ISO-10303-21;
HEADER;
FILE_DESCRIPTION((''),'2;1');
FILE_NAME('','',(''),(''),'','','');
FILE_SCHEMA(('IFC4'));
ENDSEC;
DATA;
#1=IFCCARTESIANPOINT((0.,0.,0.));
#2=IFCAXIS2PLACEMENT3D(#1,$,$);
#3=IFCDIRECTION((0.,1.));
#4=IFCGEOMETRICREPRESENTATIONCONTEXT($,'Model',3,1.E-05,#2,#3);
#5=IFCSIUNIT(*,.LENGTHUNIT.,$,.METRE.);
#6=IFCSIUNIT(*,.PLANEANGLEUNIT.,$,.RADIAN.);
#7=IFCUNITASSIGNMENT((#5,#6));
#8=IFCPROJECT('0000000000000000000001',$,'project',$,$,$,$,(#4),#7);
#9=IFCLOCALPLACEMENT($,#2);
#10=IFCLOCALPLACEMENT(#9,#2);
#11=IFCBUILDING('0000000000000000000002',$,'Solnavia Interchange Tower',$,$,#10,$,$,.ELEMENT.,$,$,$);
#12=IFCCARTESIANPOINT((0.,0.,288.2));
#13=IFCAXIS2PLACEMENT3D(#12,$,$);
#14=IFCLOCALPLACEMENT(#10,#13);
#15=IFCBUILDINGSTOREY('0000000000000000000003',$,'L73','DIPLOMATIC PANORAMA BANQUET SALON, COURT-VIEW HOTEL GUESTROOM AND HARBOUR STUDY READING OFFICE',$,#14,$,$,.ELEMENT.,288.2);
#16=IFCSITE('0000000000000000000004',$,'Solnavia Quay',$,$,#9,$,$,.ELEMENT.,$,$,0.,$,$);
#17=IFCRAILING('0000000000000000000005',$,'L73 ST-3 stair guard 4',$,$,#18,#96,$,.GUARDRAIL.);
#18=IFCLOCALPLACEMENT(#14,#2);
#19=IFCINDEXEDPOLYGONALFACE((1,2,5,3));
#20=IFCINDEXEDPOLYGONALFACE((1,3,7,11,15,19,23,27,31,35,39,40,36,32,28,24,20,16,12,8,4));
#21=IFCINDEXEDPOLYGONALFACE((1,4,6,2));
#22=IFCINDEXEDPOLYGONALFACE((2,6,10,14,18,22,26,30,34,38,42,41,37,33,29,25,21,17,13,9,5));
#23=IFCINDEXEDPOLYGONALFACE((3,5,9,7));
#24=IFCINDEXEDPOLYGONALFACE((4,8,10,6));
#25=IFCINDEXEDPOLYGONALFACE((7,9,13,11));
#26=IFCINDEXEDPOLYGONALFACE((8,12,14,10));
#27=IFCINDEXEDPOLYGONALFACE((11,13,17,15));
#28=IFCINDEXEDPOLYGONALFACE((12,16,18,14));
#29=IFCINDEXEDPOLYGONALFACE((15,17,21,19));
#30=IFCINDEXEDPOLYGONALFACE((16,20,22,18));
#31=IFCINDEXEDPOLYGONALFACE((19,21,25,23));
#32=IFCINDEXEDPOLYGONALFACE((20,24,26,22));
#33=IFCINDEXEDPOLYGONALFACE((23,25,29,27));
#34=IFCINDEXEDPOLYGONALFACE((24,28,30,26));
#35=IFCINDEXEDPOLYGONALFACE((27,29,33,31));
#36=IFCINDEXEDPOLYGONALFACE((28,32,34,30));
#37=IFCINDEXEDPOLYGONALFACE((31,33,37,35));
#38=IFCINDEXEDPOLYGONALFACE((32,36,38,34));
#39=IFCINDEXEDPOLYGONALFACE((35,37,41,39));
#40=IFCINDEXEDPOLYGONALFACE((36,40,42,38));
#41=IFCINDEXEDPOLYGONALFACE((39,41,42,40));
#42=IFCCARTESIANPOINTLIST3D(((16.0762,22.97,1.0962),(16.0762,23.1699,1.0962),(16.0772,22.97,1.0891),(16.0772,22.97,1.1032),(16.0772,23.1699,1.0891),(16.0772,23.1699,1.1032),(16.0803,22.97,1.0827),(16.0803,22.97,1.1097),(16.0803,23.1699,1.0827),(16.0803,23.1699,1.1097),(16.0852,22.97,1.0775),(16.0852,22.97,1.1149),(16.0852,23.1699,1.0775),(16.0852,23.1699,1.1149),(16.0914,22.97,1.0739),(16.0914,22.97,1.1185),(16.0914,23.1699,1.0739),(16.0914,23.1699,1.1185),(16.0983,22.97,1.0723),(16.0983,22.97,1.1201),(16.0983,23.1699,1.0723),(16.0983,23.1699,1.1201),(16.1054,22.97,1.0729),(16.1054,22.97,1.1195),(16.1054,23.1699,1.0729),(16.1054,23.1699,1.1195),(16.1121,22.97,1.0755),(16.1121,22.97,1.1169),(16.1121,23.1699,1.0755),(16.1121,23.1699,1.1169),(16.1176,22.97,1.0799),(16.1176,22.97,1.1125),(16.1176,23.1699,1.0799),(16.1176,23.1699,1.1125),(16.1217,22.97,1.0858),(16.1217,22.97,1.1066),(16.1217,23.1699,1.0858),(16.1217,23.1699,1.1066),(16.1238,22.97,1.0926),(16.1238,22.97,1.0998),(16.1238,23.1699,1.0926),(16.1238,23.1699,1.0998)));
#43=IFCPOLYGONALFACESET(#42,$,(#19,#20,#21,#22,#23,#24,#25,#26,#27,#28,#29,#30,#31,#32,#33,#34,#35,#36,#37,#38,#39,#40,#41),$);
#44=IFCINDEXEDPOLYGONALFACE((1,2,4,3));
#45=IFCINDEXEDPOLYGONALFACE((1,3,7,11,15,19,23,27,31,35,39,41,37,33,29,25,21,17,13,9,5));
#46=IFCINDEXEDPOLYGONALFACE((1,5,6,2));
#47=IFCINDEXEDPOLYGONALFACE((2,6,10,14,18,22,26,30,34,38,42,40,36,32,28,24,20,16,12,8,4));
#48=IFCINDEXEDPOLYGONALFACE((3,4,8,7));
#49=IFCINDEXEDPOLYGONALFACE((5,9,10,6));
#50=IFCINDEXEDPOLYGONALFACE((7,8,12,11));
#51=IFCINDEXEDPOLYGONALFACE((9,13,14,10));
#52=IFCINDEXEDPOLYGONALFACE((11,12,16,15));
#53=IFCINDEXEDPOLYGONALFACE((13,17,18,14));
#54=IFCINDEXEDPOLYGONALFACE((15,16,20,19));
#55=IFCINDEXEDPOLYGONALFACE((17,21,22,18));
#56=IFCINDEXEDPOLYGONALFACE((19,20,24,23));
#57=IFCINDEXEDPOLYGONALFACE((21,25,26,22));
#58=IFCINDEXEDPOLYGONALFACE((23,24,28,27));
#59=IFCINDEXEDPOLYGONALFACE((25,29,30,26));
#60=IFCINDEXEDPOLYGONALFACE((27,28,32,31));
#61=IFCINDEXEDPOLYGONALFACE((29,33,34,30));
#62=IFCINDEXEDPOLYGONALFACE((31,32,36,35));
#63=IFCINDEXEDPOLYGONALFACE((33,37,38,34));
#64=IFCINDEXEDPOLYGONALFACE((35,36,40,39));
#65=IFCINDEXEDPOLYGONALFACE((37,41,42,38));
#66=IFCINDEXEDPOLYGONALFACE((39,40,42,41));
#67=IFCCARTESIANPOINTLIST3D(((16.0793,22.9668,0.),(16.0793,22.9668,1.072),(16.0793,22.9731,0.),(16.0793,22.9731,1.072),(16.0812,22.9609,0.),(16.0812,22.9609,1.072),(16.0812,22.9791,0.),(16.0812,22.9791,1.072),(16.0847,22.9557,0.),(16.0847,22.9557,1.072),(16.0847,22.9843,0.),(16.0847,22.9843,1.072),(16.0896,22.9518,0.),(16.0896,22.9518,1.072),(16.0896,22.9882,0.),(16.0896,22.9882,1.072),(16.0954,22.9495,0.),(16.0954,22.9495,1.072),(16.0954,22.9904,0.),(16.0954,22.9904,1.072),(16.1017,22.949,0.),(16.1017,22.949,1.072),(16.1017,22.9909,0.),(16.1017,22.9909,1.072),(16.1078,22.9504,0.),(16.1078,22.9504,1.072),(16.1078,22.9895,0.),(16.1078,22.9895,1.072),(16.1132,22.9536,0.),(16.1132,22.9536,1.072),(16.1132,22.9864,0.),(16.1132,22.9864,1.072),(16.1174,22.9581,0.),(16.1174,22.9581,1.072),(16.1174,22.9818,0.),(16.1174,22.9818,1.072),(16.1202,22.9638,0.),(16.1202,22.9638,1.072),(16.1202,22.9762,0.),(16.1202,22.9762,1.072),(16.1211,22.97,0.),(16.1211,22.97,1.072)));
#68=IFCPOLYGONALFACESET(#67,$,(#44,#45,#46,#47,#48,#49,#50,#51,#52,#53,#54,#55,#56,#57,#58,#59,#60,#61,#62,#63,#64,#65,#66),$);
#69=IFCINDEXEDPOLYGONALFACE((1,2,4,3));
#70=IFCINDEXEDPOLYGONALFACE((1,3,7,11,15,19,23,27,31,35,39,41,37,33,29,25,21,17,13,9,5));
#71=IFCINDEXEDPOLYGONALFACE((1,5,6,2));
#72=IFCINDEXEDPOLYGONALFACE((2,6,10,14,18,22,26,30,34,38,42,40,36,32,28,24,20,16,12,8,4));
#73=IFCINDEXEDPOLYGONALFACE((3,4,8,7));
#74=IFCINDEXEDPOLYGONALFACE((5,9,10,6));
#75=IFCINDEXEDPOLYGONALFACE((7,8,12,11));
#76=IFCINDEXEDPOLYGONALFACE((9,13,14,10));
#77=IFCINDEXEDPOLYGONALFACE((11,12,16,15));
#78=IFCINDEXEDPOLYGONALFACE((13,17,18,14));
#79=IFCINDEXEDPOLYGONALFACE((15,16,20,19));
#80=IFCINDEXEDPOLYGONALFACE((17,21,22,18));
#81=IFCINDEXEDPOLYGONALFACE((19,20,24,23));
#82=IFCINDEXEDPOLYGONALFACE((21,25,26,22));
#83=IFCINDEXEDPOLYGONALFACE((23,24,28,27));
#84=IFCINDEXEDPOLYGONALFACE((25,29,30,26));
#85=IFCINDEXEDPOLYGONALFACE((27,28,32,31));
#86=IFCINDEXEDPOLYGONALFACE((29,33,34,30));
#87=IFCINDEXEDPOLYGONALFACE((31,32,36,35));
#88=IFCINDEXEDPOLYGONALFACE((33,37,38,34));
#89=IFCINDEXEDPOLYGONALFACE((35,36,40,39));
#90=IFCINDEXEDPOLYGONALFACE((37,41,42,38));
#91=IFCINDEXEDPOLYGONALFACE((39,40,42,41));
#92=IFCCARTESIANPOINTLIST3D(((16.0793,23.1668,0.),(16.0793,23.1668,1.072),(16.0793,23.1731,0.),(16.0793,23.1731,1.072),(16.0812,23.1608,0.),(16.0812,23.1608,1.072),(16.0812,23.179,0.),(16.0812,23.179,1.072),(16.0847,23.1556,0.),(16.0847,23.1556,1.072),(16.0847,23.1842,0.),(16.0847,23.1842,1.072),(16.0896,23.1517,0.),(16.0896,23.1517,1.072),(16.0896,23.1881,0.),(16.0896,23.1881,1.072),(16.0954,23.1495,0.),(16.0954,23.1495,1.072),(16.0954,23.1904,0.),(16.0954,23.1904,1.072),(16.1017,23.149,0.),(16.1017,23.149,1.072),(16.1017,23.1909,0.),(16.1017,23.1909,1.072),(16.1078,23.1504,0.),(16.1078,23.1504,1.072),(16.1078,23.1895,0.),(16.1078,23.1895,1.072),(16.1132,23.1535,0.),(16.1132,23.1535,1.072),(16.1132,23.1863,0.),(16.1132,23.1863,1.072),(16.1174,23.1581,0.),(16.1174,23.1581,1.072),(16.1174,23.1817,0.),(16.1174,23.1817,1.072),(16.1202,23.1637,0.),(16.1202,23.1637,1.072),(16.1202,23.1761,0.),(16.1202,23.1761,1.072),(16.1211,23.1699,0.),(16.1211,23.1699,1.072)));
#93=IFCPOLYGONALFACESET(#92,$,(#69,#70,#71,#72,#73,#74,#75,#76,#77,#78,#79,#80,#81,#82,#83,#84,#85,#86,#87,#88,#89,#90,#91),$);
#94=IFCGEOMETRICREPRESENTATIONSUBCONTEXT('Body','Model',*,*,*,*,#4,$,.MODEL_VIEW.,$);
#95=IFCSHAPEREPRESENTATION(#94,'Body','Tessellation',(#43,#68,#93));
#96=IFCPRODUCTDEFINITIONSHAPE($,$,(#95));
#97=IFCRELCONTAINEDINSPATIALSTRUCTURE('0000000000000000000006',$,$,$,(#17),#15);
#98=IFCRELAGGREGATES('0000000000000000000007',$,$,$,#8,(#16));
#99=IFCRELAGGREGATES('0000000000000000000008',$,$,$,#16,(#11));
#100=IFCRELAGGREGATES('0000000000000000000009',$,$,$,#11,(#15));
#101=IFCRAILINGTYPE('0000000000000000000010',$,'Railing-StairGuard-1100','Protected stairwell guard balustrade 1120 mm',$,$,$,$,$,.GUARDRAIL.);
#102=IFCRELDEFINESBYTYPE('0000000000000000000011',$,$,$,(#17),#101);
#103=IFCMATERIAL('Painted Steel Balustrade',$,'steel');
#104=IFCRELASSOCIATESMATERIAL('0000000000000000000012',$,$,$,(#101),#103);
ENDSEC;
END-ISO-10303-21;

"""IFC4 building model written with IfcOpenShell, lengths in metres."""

from ifc_helpers import new_model, si_unit, direction, frame, origin, origin_2d, place, context, subcontext, project, spatial, circle, extrude, material, type_object, element, save


model = new_model("IFC4")

# Units and contexts
model_context = context("Model", 3, precision=1e-05, world=origin(), true_north=direction((0.0, 1.0)))
body_context = subcontext(model_context, "Body", "Model", "MODEL_VIEW")
ifc_project = project(units=[si_unit("LENGTHUNIT", "METRE"), si_unit("PLANEANGLEUNIT", "RADIAN")], contexts=[model_context])

# Site, building, storey
site_placement = place(None, origin())
site = spatial("IfcSite", under=ifc_project, at=site_placement, Name="Solnavia Quay", CompositionType="ELEMENT", RefElevation=0.0)
building_placement = place(site_placement, origin())
building = spatial("IfcBuilding", under=site, at=building_placement, Name="Solnavia Interchange Tower", CompositionType="ELEMENT")
storey_placement = place(building_placement, frame((0.0, 0.0, 288.2)))
storey = spatial("IfcBuildingStorey", under=building, at=storey_placement, Name="L73", Description="DIPLOMATIC PANORAMA BANQUET SALON, COURT-VIEW HOTEL GUESTROOM AND HARBOUR STUDY READING OFFICE", CompositionType="ELEMENT", Elevation=288.2)

# Railing
ifc_material_1 = material(Name="Painted Steel Balustrade", Category="steel")
railing_type_1 = type_object("IfcRailingType", Name="Railing-StairGuard-1100", Description="Protected stairwell guard balustrade 1120 mm", PredefinedType="GUARDRAIL", material=ifc_material_1)
railing_1_placement = place(storey_placement, frame((16.1001, 22.97, 0.0)))
element("IfcRailing", 1, at=railing_1_placement, inside=storey, type_object=railing_type_1, Name="L73 ST-3 stair guard 4", PredefinedType="GUARDRAIL", context=body_context, shape_type="SweptSolid", body=[
    extrude(circle(Radius=0.0239, at=origin_2d()), frame((0.0, 0.0, 1.0962), z_axis=(0.0, 1.0, 0.0), x_axis=(-1.0, 0.0, 0.0)), (0.0, 0.0, 1.0), 0.2),
    extrude(circle(Radius=0.021, at=origin_2d()), origin(), (0.0, 0.0, 1.0), 1.072),
    extrude(circle(Radius=0.021, at=origin_2d()), frame((0.0, 0.2, 0.0)), (0.0, 0.0, 1.0), 1.072),
])

save(model, "model.ifc")
